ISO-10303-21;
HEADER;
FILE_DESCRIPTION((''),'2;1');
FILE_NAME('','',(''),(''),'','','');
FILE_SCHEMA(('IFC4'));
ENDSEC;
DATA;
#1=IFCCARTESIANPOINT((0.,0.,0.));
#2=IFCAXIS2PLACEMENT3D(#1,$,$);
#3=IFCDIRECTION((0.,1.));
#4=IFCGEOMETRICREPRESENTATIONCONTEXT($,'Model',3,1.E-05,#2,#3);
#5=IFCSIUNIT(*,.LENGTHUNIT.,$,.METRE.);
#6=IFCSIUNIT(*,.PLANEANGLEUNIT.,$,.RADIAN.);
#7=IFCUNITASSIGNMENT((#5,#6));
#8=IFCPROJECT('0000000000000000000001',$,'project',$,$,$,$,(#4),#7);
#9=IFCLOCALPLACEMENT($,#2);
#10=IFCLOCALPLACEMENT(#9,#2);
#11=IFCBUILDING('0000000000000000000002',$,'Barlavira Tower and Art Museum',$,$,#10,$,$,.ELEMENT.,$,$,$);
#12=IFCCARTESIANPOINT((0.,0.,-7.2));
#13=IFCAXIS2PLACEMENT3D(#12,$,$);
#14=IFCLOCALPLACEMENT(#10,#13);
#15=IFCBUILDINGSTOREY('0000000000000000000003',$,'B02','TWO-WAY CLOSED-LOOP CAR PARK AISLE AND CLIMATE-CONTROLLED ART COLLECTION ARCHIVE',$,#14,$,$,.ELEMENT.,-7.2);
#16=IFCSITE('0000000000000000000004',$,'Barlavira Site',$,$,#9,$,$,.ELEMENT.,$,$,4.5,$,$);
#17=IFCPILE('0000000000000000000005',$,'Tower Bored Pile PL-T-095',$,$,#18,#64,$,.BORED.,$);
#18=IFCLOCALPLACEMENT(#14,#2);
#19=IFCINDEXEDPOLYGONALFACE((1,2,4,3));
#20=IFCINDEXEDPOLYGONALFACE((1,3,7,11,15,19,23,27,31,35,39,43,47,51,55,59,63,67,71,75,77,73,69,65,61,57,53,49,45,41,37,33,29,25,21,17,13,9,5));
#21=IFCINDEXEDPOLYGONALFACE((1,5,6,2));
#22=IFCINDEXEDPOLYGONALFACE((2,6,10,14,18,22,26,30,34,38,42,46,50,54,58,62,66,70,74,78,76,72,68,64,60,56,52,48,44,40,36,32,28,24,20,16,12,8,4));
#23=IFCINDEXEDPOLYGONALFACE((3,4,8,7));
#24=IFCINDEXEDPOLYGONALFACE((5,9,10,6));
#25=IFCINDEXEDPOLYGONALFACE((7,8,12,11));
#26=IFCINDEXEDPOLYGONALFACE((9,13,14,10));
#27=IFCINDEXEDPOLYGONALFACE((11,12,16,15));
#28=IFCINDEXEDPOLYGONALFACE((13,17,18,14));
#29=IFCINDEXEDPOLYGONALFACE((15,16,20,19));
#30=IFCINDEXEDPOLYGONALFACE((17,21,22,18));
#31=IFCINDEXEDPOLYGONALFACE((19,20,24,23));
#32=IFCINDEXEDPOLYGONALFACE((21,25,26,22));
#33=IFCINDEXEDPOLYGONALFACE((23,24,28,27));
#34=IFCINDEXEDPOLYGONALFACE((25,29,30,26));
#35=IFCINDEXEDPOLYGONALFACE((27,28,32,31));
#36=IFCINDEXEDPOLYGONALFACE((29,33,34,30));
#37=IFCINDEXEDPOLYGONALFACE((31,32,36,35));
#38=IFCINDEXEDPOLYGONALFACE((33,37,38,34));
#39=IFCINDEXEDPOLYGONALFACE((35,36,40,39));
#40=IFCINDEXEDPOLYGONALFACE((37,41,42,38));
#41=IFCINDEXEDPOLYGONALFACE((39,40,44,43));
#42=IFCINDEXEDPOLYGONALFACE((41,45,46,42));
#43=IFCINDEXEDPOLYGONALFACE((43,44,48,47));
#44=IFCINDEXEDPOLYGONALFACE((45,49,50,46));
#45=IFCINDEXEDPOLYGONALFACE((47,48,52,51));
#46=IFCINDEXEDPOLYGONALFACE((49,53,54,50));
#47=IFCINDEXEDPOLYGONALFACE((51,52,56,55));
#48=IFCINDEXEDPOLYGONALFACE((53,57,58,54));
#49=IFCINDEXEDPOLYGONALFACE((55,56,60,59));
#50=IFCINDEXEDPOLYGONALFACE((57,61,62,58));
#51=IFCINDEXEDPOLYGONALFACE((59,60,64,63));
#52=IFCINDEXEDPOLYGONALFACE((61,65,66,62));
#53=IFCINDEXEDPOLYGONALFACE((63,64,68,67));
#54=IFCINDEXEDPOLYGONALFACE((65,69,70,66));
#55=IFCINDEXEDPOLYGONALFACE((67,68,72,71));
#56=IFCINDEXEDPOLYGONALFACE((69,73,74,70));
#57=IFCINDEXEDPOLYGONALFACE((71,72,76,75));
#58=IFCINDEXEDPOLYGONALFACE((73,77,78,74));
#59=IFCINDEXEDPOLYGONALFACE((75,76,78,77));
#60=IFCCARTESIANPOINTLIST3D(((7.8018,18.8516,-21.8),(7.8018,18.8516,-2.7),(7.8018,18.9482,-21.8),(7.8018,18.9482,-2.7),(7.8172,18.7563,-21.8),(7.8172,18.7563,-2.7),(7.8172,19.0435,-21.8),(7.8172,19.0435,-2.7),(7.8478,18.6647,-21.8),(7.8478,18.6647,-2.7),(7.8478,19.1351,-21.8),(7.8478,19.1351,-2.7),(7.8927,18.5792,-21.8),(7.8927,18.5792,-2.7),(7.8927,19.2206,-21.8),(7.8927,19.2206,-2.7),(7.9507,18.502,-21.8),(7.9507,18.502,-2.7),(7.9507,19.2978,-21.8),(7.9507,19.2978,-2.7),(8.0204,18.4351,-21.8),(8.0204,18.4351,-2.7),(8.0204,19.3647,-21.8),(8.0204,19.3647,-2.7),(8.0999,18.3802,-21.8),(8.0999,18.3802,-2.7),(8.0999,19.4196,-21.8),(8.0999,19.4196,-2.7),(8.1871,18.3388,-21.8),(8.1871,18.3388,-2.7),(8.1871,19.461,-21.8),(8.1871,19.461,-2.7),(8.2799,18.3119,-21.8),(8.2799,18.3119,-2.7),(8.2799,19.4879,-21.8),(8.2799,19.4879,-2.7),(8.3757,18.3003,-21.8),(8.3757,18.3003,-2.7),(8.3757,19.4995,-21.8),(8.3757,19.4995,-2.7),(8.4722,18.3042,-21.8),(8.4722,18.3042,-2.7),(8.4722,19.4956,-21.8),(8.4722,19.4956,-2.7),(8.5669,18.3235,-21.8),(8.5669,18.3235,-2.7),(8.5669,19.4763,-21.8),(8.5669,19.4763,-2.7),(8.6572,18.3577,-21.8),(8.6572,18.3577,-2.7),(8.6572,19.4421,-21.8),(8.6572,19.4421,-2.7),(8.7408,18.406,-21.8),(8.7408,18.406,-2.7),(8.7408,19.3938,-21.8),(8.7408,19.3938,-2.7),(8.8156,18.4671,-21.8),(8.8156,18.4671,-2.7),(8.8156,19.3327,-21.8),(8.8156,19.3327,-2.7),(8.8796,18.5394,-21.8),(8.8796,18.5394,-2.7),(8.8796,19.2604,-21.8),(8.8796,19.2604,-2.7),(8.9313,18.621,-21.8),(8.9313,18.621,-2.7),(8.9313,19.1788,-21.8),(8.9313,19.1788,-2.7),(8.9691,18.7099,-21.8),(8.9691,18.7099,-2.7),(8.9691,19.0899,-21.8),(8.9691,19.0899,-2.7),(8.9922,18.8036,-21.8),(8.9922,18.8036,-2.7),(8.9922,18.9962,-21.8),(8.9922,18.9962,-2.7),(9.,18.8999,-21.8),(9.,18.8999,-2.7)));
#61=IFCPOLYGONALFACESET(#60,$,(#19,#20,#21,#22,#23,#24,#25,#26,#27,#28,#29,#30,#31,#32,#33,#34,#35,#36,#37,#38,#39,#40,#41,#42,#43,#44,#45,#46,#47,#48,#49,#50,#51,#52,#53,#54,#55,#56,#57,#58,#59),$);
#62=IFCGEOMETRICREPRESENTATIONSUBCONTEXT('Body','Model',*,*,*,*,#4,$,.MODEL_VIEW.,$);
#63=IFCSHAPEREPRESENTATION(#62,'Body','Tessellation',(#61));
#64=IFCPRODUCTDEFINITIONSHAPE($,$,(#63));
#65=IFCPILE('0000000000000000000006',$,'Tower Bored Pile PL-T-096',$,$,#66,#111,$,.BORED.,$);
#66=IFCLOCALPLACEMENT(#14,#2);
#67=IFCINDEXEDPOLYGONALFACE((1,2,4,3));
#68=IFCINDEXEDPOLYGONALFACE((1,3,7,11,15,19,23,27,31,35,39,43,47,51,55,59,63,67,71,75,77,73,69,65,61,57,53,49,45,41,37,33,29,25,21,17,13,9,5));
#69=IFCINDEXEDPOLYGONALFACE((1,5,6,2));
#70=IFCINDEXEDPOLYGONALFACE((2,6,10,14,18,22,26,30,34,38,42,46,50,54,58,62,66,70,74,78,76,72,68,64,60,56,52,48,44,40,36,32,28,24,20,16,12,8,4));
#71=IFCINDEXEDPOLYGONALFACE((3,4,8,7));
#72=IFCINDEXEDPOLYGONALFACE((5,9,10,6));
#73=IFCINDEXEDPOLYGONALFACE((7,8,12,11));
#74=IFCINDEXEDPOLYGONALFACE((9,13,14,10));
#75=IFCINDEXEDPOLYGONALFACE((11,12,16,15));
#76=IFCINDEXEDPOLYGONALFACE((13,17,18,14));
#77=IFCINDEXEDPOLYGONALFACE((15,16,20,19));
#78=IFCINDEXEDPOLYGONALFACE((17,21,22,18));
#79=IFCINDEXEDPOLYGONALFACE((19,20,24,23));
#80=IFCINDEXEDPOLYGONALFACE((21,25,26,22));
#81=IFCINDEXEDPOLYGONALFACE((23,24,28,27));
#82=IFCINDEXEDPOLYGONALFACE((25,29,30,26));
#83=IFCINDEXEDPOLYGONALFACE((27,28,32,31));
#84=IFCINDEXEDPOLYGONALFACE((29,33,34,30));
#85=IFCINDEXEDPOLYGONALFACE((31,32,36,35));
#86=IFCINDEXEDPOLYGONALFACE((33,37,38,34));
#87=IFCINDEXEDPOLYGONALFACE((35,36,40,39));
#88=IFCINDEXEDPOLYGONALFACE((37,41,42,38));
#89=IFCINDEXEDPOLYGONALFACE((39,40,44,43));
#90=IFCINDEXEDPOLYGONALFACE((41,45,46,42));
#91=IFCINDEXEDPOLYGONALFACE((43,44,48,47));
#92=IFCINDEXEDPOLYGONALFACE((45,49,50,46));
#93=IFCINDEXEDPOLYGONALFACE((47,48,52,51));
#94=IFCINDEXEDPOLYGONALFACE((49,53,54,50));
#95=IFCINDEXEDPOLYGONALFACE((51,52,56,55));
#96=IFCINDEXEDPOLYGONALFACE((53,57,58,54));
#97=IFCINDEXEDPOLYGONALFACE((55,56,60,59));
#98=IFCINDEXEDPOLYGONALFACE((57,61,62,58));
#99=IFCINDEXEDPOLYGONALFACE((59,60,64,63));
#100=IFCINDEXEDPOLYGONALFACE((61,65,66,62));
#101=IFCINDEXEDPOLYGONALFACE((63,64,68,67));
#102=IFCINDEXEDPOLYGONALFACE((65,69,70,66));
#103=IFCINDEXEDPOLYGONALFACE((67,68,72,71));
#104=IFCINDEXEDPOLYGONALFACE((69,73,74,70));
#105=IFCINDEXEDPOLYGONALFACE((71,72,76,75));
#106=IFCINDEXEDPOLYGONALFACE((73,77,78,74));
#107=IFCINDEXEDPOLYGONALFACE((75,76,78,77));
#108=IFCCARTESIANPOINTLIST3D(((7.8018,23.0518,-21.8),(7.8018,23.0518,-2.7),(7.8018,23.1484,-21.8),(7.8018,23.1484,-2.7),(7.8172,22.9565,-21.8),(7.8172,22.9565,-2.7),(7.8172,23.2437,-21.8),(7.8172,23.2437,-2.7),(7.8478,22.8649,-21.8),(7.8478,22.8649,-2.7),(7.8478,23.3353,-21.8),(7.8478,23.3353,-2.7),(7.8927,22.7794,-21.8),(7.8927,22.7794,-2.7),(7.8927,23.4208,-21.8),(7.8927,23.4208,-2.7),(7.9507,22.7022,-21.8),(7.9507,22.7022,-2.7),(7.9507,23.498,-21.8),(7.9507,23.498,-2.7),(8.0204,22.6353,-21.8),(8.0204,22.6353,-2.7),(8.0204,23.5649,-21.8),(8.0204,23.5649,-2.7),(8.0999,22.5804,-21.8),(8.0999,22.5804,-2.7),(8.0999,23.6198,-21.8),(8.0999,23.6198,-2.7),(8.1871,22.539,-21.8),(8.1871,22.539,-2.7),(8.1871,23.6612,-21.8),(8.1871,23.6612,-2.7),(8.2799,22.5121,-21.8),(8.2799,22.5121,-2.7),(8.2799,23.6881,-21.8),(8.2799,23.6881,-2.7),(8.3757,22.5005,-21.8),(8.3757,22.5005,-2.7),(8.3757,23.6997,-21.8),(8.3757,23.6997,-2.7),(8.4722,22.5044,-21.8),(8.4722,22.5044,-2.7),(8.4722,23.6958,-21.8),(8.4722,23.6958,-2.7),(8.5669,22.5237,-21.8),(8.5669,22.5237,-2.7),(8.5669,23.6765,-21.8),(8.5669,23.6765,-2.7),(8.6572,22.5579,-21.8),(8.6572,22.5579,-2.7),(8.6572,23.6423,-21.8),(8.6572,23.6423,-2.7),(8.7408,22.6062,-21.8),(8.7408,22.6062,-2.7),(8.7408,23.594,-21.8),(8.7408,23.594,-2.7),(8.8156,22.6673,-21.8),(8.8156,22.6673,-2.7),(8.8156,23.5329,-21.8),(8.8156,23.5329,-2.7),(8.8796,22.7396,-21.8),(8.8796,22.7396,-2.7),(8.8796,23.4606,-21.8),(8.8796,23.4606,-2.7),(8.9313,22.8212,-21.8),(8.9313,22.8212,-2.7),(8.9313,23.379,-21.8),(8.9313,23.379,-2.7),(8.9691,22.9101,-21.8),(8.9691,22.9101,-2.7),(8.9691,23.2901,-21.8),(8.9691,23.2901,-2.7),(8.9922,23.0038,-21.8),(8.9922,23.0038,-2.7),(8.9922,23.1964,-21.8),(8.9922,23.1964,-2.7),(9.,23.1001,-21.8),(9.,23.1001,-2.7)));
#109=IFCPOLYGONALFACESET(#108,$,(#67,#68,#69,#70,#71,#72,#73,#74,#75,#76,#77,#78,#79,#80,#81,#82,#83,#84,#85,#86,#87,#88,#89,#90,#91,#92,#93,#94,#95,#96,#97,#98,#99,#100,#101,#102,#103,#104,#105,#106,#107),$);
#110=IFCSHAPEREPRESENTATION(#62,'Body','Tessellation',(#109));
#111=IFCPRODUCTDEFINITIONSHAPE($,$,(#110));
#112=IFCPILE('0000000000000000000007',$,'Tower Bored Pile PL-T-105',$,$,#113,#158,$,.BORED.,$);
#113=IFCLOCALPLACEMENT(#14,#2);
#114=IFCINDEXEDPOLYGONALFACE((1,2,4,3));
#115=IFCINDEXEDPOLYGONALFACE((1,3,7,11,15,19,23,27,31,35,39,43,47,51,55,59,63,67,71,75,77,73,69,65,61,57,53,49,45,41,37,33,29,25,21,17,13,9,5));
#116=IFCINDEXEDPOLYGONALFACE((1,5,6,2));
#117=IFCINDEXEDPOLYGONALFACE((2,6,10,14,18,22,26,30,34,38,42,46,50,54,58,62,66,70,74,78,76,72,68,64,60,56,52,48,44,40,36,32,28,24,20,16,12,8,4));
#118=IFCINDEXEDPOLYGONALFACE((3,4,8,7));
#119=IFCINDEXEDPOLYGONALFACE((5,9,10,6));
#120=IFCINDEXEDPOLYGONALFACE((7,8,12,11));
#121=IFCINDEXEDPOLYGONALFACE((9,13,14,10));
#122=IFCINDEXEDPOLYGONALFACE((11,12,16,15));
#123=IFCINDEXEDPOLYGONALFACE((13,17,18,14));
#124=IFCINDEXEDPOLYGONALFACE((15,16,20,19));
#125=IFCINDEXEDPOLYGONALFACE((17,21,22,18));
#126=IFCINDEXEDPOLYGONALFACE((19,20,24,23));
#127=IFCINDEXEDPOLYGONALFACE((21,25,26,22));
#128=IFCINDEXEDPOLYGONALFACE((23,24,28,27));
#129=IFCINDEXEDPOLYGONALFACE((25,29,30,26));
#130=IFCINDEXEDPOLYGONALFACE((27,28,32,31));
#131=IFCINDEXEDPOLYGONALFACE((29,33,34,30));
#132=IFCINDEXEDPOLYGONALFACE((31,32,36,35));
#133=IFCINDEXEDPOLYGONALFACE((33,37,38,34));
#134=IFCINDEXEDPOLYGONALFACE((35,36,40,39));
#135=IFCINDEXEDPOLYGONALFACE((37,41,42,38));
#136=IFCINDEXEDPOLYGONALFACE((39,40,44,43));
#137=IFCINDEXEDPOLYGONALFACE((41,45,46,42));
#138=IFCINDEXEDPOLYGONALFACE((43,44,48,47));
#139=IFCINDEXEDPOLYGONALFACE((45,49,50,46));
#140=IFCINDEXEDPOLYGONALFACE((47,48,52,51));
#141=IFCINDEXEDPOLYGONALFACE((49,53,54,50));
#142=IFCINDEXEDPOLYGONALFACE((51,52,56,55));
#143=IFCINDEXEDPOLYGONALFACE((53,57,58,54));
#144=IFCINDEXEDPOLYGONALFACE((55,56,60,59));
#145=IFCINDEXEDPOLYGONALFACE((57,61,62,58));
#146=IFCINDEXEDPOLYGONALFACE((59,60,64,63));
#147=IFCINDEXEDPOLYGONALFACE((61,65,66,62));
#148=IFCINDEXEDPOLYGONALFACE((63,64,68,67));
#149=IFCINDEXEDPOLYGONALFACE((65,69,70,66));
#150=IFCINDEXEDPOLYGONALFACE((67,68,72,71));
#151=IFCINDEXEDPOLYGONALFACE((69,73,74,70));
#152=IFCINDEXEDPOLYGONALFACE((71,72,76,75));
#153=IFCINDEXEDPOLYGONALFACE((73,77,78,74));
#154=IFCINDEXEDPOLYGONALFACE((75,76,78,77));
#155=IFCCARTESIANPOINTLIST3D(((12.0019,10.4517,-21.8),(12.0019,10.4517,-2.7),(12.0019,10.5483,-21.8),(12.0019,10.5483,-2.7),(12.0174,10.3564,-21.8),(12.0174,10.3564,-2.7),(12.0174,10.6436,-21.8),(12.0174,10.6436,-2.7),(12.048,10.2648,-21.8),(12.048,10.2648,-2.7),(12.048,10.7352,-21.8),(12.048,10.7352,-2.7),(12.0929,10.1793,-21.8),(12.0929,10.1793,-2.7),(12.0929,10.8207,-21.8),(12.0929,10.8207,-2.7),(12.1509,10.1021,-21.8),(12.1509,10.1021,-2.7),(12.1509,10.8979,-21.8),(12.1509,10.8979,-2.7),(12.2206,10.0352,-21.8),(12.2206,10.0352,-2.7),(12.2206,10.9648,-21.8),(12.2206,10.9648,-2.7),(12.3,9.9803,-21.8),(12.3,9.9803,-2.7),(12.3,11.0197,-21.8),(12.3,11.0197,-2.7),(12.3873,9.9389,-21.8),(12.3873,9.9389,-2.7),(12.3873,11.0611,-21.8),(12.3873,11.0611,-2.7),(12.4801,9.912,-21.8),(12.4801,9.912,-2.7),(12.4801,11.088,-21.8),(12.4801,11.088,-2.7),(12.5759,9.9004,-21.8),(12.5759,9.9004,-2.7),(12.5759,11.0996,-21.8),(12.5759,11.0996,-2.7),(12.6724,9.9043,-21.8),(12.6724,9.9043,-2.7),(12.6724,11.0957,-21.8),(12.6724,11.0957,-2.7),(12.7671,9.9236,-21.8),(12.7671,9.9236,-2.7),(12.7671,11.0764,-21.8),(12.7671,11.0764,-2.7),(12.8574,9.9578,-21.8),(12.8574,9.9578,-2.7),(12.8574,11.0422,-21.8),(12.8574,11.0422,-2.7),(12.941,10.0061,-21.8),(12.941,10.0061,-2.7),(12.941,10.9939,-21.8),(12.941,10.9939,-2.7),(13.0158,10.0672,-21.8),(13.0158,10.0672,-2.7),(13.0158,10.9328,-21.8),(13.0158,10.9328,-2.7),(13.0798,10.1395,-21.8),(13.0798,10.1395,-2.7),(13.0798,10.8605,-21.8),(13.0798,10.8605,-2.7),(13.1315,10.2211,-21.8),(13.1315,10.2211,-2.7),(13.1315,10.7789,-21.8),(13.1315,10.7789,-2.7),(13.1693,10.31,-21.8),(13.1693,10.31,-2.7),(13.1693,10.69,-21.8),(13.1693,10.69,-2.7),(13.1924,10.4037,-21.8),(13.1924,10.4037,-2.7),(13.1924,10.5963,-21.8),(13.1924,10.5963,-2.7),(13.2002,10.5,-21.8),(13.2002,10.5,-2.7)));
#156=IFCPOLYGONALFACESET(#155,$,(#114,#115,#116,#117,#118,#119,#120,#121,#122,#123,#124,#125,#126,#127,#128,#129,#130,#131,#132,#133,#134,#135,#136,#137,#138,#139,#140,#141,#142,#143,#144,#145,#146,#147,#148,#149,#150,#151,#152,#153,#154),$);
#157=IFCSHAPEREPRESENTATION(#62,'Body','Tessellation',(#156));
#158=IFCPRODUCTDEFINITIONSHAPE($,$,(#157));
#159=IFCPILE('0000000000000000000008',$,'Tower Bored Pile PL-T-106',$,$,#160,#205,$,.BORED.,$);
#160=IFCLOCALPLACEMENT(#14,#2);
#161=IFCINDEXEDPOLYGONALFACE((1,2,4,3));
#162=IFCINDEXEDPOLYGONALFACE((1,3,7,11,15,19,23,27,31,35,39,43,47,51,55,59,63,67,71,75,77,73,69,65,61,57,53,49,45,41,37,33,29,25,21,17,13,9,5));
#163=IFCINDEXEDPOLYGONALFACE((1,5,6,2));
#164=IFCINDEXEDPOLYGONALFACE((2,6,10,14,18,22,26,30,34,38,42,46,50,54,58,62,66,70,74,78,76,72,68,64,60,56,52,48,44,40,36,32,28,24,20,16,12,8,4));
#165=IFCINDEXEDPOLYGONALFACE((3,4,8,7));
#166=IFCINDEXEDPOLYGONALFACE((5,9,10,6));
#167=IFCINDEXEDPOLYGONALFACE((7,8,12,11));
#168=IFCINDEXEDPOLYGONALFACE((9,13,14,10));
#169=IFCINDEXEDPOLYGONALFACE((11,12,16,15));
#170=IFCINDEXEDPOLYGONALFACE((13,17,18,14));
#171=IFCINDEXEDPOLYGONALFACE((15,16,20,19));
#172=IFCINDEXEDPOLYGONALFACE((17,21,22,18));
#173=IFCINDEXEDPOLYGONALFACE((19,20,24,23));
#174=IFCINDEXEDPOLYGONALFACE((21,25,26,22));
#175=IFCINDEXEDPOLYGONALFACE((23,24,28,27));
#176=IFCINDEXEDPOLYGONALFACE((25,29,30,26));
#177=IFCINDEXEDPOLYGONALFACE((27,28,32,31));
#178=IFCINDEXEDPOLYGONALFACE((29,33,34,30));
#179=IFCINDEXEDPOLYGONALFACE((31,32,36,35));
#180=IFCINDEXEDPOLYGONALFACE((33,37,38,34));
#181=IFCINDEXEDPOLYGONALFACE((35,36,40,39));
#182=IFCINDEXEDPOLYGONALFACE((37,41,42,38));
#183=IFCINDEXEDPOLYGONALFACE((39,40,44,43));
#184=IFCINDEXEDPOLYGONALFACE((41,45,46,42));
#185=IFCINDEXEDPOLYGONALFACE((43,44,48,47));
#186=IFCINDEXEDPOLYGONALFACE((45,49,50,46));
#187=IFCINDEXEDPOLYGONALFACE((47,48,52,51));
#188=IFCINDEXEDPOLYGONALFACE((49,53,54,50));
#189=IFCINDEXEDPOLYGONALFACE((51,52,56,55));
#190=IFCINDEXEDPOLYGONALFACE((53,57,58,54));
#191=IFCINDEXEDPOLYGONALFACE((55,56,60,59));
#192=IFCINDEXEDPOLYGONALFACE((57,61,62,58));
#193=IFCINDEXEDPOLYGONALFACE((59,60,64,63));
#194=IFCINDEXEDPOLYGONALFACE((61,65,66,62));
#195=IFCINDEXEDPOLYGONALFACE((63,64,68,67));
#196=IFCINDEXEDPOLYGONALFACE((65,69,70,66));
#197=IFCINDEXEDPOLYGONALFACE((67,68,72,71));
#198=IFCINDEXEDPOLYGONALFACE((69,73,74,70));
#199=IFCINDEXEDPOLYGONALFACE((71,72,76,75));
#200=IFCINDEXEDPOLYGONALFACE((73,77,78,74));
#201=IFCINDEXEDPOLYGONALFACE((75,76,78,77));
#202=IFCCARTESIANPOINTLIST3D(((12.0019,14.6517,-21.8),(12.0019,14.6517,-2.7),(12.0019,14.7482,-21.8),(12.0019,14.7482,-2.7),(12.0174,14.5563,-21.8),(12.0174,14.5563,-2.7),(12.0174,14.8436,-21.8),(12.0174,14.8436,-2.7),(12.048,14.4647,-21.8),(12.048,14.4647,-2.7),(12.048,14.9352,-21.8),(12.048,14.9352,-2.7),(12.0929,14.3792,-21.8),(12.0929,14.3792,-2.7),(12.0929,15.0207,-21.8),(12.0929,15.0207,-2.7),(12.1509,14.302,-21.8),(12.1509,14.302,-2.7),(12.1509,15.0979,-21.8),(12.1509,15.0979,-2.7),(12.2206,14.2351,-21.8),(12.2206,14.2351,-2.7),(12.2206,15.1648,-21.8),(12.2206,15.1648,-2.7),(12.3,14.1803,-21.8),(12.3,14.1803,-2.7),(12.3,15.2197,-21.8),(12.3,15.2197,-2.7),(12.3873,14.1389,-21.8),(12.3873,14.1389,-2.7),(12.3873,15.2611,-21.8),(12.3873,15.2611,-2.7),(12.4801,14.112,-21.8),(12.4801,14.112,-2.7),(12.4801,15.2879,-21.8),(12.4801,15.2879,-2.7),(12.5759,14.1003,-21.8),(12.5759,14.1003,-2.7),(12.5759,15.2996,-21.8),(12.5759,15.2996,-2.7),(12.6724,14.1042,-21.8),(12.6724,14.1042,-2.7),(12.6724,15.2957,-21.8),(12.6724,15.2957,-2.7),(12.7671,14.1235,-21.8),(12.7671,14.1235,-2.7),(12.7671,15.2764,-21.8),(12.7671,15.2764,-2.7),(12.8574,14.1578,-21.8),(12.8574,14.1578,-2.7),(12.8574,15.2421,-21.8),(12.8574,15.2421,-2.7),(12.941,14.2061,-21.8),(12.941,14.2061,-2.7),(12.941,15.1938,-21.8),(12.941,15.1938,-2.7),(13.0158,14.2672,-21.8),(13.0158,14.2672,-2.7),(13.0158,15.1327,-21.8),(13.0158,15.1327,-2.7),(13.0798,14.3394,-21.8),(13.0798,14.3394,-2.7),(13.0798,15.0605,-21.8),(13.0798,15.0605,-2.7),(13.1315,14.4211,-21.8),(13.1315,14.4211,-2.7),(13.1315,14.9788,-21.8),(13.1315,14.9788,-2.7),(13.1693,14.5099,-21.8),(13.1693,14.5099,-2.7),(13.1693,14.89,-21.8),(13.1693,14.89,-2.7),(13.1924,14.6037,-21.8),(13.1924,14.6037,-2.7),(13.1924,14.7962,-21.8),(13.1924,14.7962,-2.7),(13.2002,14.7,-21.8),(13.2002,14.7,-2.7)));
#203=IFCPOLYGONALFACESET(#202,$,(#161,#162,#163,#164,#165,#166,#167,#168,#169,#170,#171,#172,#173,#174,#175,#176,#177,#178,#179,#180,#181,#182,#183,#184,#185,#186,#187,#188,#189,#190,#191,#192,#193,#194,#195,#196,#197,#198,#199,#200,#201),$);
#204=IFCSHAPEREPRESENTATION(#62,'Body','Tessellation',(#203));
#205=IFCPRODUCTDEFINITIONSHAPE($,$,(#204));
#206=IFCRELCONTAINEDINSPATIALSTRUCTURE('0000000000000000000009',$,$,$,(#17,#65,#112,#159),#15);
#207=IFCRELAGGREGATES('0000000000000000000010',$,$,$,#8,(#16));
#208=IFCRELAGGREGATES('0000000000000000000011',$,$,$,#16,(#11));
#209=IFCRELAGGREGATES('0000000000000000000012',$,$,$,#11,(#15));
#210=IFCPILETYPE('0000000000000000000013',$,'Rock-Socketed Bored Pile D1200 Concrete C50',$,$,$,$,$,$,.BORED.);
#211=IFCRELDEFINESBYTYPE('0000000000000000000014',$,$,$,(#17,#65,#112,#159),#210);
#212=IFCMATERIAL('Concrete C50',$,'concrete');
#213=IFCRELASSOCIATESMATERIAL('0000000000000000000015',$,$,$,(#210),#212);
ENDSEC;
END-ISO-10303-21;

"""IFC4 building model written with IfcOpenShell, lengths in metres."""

from ifc_helpers import new_model, si_unit, direction, frame, origin, origin_2d, place, context, subcontext, project, spatial, circle, extrude, material, material_profile, profile_set, type_object, element, save


model = new_model("IFC4")

# Units and contexts
model_context = context("Model", 3, precision=1e-05, world=origin(), true_north=direction((0.0, 1.0)))
body_context = subcontext(model_context, "Body", "Model", "MODEL_VIEW")
ifc_project = project(units=[si_unit("LENGTHUNIT", "METRE"), si_unit("PLANEANGLEUNIT", "RADIAN")], contexts=[model_context])

# Site, building, storey
site_placement = place(None, origin())
site = spatial("IfcSite", under=ifc_project, at=site_placement, Name="Barlavira Site", CompositionType="ELEMENT", RefElevation=4.5)
building_placement = place(site_placement, origin())
building = spatial("IfcBuilding", under=site, at=building_placement, Name="Barlavira Tower and Art Museum", CompositionType="ELEMENT")
storey_placement = place(building_placement, frame((0.0, 0.0, -7.2)))
storey = spatial("IfcBuildingStorey", under=building, at=storey_placement, Name="B02", Description="TWO-WAY CLOSED-LOOP CAR PARK AISLE AND CLIMATE-CONTROLLED ART COLLECTION ARCHIVE", CompositionType="ELEMENT", Elevation=-7.2)

# Piles
ifc_material_1 = material(Name="Concrete C50", Category="concrete")
ifc_material_profile_1 = material_profile(ifc_material_1, circle(Radius=0.6001, at=origin_2d()), Name="BORED PILE D1200")
ifc_profile_set_1 = profile_set([ifc_material_profile_1], Name="Concrete C50")
pile_type = type_object("IfcPileType", Name="Rock-Socketed Bored Pile D1200 Concrete C50", PredefinedType="BORED", material=ifc_profile_set_1)
for number, where, z_axis, x_axis, name in (
    (1, (8.3999, 18.8999, -2.7), (0.0, 0.0, -1.0), (1.0, 0.0, 0.0), "Tower Bored Pile PL-T-095"),
    (2, (8.3999, 23.1001, -2.7), (0.0, 0.0, -1.0), (1.0, 0.0, 0.0), "Tower Bored Pile PL-T-096"),
    (3, (12.6001, 10.5, -2.7), (0.0, 0.0, -1.0), (1.0, 0.0, 0.0), "Tower Bored Pile PL-T-105"),
    (4, (12.6001, 14.7, -2.7), (0.0, 0.0, -1.0), (1.0, 0.0, 0.0), "Tower Bored Pile PL-T-106"),
):
    element("IfcPile", number, at=place(storey_placement, frame(where, z_axis=z_axis, x_axis=x_axis)), inside=storey, type_object=pile_type, Name=name, PredefinedType="BORED", context=body_context, shape_type="SweptSolid", body=[
        extrude(circle(Radius=0.6001, at=origin_2d()), origin(), (0.0, 0.0, 1.0), 19.1001),
    ])

save(model, "model.ifc")
